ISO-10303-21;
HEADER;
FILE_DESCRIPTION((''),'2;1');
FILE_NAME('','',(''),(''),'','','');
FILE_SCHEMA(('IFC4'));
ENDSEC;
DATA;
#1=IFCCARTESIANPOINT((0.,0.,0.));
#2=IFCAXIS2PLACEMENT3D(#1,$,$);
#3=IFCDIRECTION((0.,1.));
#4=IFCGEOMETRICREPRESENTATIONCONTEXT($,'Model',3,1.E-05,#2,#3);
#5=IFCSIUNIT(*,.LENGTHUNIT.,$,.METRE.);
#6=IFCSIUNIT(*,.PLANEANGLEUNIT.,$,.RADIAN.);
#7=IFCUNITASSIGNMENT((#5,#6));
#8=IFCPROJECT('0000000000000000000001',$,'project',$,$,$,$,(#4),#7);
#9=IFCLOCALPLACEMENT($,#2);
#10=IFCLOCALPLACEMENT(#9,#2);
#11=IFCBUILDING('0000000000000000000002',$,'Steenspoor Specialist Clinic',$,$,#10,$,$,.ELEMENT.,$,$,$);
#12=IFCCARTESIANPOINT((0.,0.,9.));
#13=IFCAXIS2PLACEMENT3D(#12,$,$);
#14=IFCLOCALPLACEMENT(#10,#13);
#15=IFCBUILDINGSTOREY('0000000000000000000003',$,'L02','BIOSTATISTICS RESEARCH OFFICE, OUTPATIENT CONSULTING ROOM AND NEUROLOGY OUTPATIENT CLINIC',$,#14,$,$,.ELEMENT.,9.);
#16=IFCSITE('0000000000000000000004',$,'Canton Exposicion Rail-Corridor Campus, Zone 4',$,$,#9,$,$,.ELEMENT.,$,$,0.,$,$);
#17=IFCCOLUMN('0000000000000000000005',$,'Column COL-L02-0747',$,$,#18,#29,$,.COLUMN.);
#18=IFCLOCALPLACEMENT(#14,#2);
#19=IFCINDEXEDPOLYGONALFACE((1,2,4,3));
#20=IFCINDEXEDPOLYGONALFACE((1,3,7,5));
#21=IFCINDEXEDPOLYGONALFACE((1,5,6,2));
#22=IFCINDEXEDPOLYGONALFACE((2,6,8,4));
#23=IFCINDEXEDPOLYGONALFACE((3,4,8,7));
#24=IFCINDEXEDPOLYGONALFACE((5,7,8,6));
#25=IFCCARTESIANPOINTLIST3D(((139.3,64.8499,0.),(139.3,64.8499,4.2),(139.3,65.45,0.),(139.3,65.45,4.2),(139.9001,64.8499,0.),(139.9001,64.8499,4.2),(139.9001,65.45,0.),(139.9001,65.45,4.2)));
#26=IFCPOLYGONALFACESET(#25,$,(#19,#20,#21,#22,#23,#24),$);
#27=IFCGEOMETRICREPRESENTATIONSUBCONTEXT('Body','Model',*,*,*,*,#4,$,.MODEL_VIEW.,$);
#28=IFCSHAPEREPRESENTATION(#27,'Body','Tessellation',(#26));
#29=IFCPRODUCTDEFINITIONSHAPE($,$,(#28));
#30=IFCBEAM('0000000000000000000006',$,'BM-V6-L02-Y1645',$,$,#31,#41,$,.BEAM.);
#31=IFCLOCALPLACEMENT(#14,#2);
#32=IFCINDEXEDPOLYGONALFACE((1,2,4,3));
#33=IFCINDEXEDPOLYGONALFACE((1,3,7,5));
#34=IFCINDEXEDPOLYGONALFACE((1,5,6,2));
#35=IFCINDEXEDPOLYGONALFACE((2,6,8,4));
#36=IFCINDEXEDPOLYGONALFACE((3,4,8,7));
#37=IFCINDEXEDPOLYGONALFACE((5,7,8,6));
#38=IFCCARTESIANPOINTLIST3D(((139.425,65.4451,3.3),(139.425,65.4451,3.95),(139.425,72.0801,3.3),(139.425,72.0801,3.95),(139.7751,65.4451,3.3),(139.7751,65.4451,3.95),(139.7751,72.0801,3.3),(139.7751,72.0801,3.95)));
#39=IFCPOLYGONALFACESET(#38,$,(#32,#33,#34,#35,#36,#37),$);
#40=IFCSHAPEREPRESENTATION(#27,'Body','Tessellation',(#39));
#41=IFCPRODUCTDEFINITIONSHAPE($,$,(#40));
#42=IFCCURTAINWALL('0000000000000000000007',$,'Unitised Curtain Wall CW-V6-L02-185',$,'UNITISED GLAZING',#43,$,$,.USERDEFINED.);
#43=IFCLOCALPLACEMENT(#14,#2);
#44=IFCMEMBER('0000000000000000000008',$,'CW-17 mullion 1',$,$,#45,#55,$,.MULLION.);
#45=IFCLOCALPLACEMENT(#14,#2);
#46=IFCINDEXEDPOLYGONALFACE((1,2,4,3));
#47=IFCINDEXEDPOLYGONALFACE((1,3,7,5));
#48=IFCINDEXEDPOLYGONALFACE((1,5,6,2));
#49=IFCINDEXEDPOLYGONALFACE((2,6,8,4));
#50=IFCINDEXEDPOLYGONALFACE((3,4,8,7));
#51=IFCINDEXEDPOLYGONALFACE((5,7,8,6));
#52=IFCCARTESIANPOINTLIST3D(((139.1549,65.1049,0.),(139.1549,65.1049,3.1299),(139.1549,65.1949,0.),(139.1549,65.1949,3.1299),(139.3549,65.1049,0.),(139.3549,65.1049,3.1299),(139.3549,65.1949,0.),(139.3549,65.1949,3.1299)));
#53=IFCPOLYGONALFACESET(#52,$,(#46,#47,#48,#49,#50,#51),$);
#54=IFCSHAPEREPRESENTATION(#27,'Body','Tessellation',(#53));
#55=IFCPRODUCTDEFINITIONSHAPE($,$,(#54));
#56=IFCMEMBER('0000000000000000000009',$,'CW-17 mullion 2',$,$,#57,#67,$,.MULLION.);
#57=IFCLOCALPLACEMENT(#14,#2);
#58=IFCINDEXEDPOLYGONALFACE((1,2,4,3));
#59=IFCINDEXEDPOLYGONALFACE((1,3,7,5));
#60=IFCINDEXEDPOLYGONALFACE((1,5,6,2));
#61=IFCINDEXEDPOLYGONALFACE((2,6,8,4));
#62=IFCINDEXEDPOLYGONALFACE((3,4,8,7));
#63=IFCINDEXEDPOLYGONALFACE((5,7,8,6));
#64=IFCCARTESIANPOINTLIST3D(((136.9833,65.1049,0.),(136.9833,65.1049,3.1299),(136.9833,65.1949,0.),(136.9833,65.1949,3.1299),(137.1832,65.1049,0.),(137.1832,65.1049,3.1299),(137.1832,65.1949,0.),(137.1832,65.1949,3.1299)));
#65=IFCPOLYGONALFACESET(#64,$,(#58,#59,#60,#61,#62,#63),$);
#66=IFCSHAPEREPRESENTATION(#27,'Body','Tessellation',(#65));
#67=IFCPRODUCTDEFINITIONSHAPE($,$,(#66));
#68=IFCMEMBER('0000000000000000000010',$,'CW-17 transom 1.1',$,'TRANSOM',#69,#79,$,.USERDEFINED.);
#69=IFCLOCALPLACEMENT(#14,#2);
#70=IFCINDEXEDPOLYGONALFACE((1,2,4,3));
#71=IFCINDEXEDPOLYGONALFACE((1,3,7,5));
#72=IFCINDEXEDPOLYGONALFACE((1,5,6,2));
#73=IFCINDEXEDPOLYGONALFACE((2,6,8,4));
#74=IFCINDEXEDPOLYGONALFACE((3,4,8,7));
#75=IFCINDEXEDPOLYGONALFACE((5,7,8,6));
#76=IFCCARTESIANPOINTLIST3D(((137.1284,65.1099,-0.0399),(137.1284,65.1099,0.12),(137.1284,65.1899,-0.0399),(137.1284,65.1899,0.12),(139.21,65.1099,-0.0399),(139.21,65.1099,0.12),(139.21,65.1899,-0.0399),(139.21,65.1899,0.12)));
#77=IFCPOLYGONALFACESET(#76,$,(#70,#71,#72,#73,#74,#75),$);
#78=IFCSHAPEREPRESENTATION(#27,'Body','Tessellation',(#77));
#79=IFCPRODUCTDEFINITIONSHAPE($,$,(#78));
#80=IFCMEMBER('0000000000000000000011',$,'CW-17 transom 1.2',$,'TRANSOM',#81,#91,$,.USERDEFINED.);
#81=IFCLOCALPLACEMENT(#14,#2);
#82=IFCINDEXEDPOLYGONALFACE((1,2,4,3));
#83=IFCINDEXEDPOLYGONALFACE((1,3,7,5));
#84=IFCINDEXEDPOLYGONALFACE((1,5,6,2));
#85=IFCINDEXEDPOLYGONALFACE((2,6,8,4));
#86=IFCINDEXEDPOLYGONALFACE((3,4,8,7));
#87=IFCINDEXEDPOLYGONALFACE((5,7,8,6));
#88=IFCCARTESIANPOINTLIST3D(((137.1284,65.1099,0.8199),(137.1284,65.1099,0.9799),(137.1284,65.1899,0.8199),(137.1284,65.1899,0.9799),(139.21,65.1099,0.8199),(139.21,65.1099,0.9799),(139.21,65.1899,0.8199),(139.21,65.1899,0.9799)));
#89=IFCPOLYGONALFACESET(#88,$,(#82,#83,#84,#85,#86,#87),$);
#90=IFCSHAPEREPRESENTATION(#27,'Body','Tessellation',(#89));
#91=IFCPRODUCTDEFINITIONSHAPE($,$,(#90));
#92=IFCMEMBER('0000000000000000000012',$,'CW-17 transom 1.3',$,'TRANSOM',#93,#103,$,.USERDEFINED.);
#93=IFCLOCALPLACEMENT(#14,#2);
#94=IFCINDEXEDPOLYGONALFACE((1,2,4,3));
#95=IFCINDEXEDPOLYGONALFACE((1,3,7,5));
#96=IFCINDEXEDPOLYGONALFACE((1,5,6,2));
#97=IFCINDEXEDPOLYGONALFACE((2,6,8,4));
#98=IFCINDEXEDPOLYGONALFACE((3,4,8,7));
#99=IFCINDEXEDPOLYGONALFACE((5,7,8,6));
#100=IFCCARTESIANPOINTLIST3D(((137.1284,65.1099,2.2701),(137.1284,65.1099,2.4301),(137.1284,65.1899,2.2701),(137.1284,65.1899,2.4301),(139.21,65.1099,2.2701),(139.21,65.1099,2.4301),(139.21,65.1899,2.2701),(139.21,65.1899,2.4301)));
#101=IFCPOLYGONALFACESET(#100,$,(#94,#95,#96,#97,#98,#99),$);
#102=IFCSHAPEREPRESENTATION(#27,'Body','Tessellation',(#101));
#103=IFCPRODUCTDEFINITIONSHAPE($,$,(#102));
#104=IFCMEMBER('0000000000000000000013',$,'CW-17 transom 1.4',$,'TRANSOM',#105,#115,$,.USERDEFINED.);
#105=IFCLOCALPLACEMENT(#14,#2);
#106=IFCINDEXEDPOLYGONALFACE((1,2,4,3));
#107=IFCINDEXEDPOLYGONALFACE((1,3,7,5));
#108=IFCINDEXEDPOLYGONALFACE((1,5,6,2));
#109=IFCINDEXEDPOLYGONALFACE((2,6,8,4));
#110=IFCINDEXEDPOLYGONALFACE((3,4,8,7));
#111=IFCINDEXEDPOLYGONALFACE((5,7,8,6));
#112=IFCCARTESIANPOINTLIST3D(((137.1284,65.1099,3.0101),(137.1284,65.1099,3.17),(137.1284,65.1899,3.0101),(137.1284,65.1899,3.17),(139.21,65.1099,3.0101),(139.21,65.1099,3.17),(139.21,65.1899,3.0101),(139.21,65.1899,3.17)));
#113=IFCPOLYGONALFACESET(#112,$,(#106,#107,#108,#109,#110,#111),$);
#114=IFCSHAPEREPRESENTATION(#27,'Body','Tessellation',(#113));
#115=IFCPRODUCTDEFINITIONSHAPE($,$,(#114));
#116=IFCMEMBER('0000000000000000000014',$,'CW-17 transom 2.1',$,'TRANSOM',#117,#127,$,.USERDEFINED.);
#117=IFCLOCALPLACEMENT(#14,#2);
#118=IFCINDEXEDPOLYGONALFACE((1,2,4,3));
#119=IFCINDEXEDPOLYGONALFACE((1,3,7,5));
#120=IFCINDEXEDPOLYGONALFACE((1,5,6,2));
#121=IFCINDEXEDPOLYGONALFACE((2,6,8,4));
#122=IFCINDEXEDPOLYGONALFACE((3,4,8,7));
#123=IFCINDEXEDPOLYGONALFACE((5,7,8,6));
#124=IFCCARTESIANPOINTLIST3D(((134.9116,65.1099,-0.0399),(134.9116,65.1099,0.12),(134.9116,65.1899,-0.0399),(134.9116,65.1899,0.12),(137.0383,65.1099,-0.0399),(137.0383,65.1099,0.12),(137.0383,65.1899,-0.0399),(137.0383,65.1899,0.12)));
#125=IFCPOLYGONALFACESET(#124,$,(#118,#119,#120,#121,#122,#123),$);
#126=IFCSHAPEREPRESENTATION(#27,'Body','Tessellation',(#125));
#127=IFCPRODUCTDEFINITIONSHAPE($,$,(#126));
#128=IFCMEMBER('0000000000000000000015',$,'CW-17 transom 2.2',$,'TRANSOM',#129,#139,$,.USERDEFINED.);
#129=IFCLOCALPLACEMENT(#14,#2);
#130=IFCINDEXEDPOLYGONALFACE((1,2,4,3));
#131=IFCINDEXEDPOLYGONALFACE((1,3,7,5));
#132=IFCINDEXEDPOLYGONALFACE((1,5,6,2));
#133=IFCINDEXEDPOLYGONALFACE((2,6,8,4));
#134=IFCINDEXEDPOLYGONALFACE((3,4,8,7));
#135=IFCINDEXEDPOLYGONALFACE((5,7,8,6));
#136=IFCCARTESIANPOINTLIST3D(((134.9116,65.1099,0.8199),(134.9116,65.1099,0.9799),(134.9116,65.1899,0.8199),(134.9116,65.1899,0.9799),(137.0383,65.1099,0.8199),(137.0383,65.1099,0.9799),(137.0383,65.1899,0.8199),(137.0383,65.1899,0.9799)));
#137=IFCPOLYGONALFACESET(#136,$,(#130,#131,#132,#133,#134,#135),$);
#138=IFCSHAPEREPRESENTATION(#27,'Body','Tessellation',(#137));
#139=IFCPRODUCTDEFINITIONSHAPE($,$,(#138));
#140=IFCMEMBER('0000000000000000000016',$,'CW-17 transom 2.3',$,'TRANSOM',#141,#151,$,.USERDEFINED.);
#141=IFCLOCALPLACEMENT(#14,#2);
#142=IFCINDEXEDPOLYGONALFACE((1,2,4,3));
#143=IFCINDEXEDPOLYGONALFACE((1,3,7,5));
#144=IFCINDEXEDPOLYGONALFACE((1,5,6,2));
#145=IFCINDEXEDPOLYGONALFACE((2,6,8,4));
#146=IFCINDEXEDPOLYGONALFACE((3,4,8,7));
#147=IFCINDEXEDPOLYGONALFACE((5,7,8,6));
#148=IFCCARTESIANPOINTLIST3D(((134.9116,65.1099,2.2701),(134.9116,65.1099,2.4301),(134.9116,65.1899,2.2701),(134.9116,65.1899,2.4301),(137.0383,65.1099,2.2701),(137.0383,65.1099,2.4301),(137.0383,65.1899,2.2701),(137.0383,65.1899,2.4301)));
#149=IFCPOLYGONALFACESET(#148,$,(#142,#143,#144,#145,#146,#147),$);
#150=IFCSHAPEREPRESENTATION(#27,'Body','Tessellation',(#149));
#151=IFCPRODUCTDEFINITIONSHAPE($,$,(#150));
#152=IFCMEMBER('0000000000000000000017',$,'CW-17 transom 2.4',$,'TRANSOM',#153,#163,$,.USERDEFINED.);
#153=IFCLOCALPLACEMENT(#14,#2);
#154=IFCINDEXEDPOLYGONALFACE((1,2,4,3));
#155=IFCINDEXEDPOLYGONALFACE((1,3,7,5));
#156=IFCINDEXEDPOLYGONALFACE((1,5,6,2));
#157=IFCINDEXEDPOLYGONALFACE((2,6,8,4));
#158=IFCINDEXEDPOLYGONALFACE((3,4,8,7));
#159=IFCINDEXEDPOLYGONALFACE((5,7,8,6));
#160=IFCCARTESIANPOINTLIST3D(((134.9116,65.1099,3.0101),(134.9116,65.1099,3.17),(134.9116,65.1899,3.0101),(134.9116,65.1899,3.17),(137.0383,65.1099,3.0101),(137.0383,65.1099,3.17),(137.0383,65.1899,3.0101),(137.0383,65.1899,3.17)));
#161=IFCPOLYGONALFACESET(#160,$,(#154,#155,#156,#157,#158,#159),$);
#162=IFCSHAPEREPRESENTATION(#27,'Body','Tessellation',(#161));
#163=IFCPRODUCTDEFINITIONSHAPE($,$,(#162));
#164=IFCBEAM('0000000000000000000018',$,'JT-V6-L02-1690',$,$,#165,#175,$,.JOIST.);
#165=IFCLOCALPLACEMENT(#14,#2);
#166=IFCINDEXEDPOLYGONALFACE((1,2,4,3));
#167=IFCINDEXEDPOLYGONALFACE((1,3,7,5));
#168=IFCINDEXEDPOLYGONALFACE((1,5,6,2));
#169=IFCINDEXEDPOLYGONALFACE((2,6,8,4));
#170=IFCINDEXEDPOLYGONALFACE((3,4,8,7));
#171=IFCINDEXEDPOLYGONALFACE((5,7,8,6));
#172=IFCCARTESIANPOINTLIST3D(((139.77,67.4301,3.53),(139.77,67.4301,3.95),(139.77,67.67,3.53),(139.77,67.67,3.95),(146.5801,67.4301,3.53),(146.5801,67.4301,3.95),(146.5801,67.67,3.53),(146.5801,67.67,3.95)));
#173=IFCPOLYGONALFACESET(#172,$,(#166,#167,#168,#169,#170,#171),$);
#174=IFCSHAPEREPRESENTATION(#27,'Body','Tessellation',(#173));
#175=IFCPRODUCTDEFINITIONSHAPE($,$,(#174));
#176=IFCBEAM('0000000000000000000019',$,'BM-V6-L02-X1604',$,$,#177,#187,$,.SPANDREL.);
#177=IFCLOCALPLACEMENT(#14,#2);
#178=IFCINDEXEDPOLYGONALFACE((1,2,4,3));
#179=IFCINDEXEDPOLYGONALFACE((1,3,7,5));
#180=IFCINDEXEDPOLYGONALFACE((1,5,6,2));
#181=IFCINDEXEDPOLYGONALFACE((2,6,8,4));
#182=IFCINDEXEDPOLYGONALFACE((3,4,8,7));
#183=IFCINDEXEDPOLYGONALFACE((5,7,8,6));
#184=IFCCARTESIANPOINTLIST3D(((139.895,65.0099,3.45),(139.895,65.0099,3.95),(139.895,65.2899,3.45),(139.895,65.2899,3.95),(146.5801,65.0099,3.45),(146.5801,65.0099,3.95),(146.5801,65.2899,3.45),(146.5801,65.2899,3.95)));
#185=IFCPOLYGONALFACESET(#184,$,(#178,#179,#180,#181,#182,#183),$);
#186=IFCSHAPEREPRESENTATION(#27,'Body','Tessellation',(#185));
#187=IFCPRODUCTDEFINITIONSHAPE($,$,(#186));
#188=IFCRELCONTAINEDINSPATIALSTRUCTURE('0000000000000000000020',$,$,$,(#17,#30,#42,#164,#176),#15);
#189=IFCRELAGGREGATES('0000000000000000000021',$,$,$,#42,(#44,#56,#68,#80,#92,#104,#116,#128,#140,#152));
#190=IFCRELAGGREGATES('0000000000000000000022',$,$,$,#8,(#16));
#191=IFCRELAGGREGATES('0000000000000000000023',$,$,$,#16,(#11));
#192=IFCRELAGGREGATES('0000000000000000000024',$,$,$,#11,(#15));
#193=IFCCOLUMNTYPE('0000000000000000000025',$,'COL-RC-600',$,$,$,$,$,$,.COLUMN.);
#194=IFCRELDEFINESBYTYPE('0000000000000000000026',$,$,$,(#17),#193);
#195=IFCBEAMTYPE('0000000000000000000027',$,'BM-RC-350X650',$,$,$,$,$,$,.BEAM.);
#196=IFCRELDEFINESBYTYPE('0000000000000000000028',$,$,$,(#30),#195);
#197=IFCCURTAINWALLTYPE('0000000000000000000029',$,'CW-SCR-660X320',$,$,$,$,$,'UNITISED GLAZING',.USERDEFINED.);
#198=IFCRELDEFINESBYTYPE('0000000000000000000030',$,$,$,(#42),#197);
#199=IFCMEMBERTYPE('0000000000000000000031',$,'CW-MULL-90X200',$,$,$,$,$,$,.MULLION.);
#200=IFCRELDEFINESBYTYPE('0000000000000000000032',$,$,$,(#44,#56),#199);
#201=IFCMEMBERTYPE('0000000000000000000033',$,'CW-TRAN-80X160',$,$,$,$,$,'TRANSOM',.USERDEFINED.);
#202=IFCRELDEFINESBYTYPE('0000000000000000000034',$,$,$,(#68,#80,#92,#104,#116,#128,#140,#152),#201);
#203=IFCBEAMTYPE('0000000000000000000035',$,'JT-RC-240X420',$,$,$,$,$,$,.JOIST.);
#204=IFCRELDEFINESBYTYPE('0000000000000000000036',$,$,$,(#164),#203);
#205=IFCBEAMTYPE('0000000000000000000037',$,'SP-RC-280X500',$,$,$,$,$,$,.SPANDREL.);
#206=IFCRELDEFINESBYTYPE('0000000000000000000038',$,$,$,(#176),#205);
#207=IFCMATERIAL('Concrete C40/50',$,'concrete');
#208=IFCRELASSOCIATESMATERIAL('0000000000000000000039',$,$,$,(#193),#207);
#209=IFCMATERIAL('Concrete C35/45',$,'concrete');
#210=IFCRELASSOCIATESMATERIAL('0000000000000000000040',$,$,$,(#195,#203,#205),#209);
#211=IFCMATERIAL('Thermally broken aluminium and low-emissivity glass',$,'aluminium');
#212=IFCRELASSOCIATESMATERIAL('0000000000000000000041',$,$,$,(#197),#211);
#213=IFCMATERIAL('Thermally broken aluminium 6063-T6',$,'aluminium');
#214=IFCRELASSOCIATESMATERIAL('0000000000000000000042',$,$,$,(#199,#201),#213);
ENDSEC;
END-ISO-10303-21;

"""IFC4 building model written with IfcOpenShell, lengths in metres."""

from ifc_helpers import new_model, si_unit, direction, frame, origin, origin_2d, place, context, subcontext, project, spatial, rectangle, extrude, material, material_profile, profile_set, type_object, element, aggregate, save


model = new_model("IFC4")

# Units and contexts
model_context = context("Model", 3, precision=1e-05, world=origin(), true_north=direction((0.0, 1.0)))
body_context = subcontext(model_context, "Body", "Model", "MODEL_VIEW")
ifc_project = project(units=[si_unit("LENGTHUNIT", "METRE"), si_unit("PLANEANGLEUNIT", "RADIAN")], contexts=[model_context])

# Site, building, storey
site_placement = place(None, origin())
site = spatial("IfcSite", under=ifc_project, at=site_placement, Name="Canton Exposicion Rail-Corridor Campus, Zone 4", CompositionType="ELEMENT", RefElevation=0.0)
building_placement = place(site_placement, origin())
building = spatial("IfcBuilding", under=site, at=building_placement, Name="Steenspoor Specialist Clinic", CompositionType="ELEMENT")
storey_placement = place(building_placement, frame((0.0, 0.0, 9.0)))
storey = spatial("IfcBuildingStorey", under=building, at=storey_placement, Name="L02", Description="BIOSTATISTICS RESEARCH OFFICE, OUTPATIENT CONSULTING ROOM AND NEUROLOGY OUTPATIENT CLINIC", CompositionType="ELEMENT", Elevation=9.0)

# Column
ifc_material_1 = material(Name="Concrete C40/50", Category="concrete")
ifc_material_profile_1 = material_profile(ifc_material_1, rectangle(XDim=0.6001, YDim=0.6001, at=origin_2d()), Name="RC-COL-600X600")
ifc_profile_set_1 = profile_set([ifc_material_profile_1], Name="Concrete C40/50")
column_type = type_object("IfcColumnType", Name="COL-RC-600", PredefinedType="COLUMN", material=ifc_profile_set_1)
column_placement = place(storey_placement, frame((139.6001, 65.1499, 0.0), z_axis=(0.0, 0.0, 1.0), x_axis=(1.0, 0.0, 0.0)))
element("IfcColumn", 1, at=column_placement, inside=storey, type_object=column_type, Name="Column COL-L02-0747", PredefinedType="COLUMN", context=body_context, shape_type="SweptSolid", body=[
    extrude(rectangle(XDim=0.6001, YDim=0.6001, at=origin_2d()), origin(), (0.0, 0.0, 1.0), 4.2),
])

# Beam
ifc_material_2 = material(Name="Concrete C35/45", Category="concrete")
ifc_material_profile_2 = material_profile(ifc_material_2, rectangle(XDim=0.3501, YDim=0.6499, at=origin_2d()), Name="RC-BM-350X650")
ifc_profile_set_2 = profile_set([ifc_material_profile_2], Name="Concrete C35/45")
beam_type_1 = type_object("IfcBeamType", Name="BM-RC-350X650", PredefinedType="BEAM", material=ifc_profile_set_2)
beam_1_placement = place(storey_placement, frame((139.6001, 65.4451, 3.625), z_axis=(0.0, 1.0, 0.0), x_axis=(-1.0, 0.0, 0.0)))
element("IfcBeam", 2, at=beam_1_placement, inside=storey, type_object=beam_type_1, Name="BM-V6-L02-Y1645", PredefinedType="BEAM", context=body_context, shape_type="SweptSolid", body=[
    extrude(rectangle(XDim=0.3501, YDim=0.6499, at=origin_2d()), origin(), (0.0, 0.0, 1.0), 6.635),
])

# Curtain wall, members
ifc_material_3 = material(Name="Thermally broken aluminium and low-emissivity glass", Category="aluminium")
curtain_wall_type = type_object("IfcCurtainWallType", Name="CW-SCR-660X320", ElementType="UNITISED GLAZING", PredefinedType="USERDEFINED", material=ifc_material_3)
curtain_wall_placement = place(storey_placement, origin())
curtain_wall = element("IfcCurtainWall", 3, at=curtain_wall_placement, inside=storey, type_object=curtain_wall_type, Name="Unitised Curtain Wall CW-V6-L02-185", ObjectType="UNITISED GLAZING", PredefinedType="USERDEFINED")
ifc_material_4 = material(Name="Thermally broken aluminium 6063-T6", Category="aluminium")
ifc_material_profile_3 = material_profile(ifc_material_4, rectangle(XDim=0.0901, YDim=0.2, at=origin_2d()), Name="CWM-90X200")
ifc_profile_set_3 = profile_set([ifc_material_profile_3], Name="Thermally broken aluminium 6063-T6")
member_type_1 = type_object("IfcMemberType", Name="CW-MULL-90X200", PredefinedType="MULLION", material=ifc_profile_set_3)
member_1_placement = place(storey_placement, frame((139.2549, 65.1499, 0.0), z_axis=(0.0, 0.0, 1.0), x_axis=(0.0, -1.0, 0.0)))
member_1 = element("IfcMember", 4, at=member_1_placement, type_object=member_type_1, Name="CW-17 mullion 1", PredefinedType="MULLION", context=body_context, shape_type="SweptSolid", body=[
    extrude(rectangle(XDim=0.0901, YDim=0.2, at=origin_2d()), origin(), (0.0, 0.0, 1.0), 3.1299),
])
member_2_placement = place(storey_placement, frame((137.0833, 65.1499, 0.0), z_axis=(0.0, 0.0, 1.0), x_axis=(0.0, -1.0, 0.0)))
member_2 = element("IfcMember", 5, at=member_2_placement, type_object=member_type_1, Name="CW-17 mullion 2", PredefinedType="MULLION", context=body_context, shape_type="SweptSolid", body=[
    extrude(rectangle(XDim=0.0901, YDim=0.2, at=origin_2d()), origin(), (0.0, 0.0, 1.0), 3.1299),
])
ifc_material_profile_4 = material_profile(ifc_material_4, rectangle(XDim=0.0801, YDim=0.1599, at=origin_2d()), Name="CWT-80X160")
ifc_profile_set_4 = profile_set([ifc_material_profile_4], Name="Thermally broken aluminium 6063-T6")
member_type_2 = type_object("IfcMemberType", Name="CW-TRAN-80X160", ElementType="TRANSOM", PredefinedType="USERDEFINED", material=ifc_profile_set_4)
member_3_placement = place(storey_placement, frame((139.21, 65.1499, 0.04), z_axis=(-1.0, 0.0, 0.0), x_axis=(0.0, -1.0, 0.0)))
member_3 = element("IfcMember", 6, at=member_3_placement, type_object=member_type_2, Name="CW-17 transom 1.1", ObjectType="TRANSOM", PredefinedType="USERDEFINED", context=body_context, shape_type="SweptSolid", body=[
    extrude(rectangle(XDim=0.0801, YDim=0.1599, at=origin_2d()), origin(), (0.0, 0.0, 1.0), 2.0815),
])
member_4_placement = place(storey_placement, frame((139.21, 65.1499, 0.8999), z_axis=(-1.0, 0.0, 0.0), x_axis=(0.0, -1.0, 0.0)))
member_4 = element("IfcMember", 7, at=member_4_placement, type_object=member_type_2, Name="CW-17 transom 1.2", ObjectType="TRANSOM", PredefinedType="USERDEFINED", context=body_context, shape_type="SweptSolid", body=[
    extrude(rectangle(XDim=0.0801, YDim=0.1599, at=origin_2d()), origin(), (0.0, 0.0, 1.0), 2.0815),
])
member_5_placement = place(storey_placement, frame((139.21, 65.1499, 2.3501), z_axis=(-1.0, 0.0, 0.0), x_axis=(0.0, -1.0, 0.0)))
member_5 = element("IfcMember", 8, at=member_5_placement, type_object=member_type_2, Name="CW-17 transom 1.3", ObjectType="TRANSOM", PredefinedType="USERDEFINED", context=body_context, shape_type="SweptSolid", body=[
    extrude(rectangle(XDim=0.0801, YDim=0.1599, at=origin_2d()), origin(), (0.0, 0.0, 1.0), 2.0815),
])
member_6_placement = place(storey_placement, frame((139.21, 65.1499, 3.0901), z_axis=(-1.0, 0.0, 0.0), x_axis=(0.0, -1.0, 0.0)))
member_6 = element("IfcMember", 9, at=member_6_placement, type_object=member_type_2, Name="CW-17 transom 1.4", ObjectType="TRANSOM", PredefinedType="USERDEFINED", context=body_context, shape_type="SweptSolid", body=[
    extrude(rectangle(XDim=0.0801, YDim=0.1599, at=origin_2d()), origin(), (0.0, 0.0, 1.0), 2.0815),
])
member_7_placement = place(storey_placement, frame((137.0383, 65.1499, 0.04), z_axis=(-1.0, 0.0, 0.0), x_axis=(0.0, -1.0, 0.0)))
member_7 = element("IfcMember", 10, at=member_7_placement, type_object=member_type_2, Name="CW-17 transom 2.1", ObjectType="TRANSOM", PredefinedType="USERDEFINED", context=body_context, shape_type="SweptSolid", body=[
    extrude(rectangle(XDim=0.0801, YDim=0.1599, at=origin_2d()), origin(), (0.0, 0.0, 1.0), 2.1267),
])
member_8_placement = place(storey_placement, frame((137.0383, 65.1499, 0.8999), z_axis=(-1.0, 0.0, 0.0), x_axis=(0.0, -1.0, 0.0)))
member_8 = element("IfcMember", 11, at=member_8_placement, type_object=member_type_2, Name="CW-17 transom 2.2", ObjectType="TRANSOM", PredefinedType="USERDEFINED", context=body_context, shape_type="SweptSolid", body=[
    extrude(rectangle(XDim=0.0801, YDim=0.1599, at=origin_2d()), origin(), (0.0, 0.0, 1.0), 2.1267),
])
member_9_placement = place(storey_placement, frame((137.0383, 65.1499, 2.3501), z_axis=(-1.0, 0.0, 0.0), x_axis=(0.0, -1.0, 0.0)))
member_9 = element("IfcMember", 12, at=member_9_placement, type_object=member_type_2, Name="CW-17 transom 2.3", ObjectType="TRANSOM", PredefinedType="USERDEFINED", context=body_context, shape_type="SweptSolid", body=[
    extrude(rectangle(XDim=0.0801, YDim=0.1599, at=origin_2d()), origin(), (0.0, 0.0, 1.0), 2.1267),
])
member_10_placement = place(storey_placement, frame((137.0383, 65.1499, 3.0901), z_axis=(-1.0, 0.0, 0.0), x_axis=(0.0, -1.0, 0.0)))
member_10 = element("IfcMember", 13, at=member_10_placement, type_object=member_type_2, Name="CW-17 transom 2.4", ObjectType="TRANSOM", PredefinedType="USERDEFINED", context=body_context, shape_type="SweptSolid", body=[
    extrude(rectangle(XDim=0.0801, YDim=0.1599, at=origin_2d()), origin(), (0.0, 0.0, 1.0), 2.1267),
])

# Beams
ifc_material_profile_5 = material_profile(ifc_material_2, rectangle(XDim=0.24, YDim=0.4199, at=origin_2d()), Name="RC-JT-240X420")
ifc_profile_set_5 = profile_set([ifc_material_profile_5], Name="Concrete C35/45")
beam_type_2 = type_object("IfcBeamType", Name="JT-RC-240X420", PredefinedType="JOIST", material=ifc_profile_set_5)
beam_2_placement = place(storey_placement, frame((139.77, 67.55, 3.74), z_axis=(1.0, 0.0, 0.0), x_axis=(0.0, 1.0, 0.0)))
element("IfcBeam", 14, at=beam_2_placement, inside=storey, type_object=beam_type_2, Name="JT-V6-L02-1690", PredefinedType="JOIST", context=body_context, shape_type="SweptSolid", body=[
    extrude(rectangle(XDim=0.24, YDim=0.4199, at=origin_2d()), origin(), (0.0, 0.0, 1.0), 6.8101),
])
ifc_material_profile_6 = material_profile(ifc_material_2, rectangle(XDim=0.28, YDim=0.5, at=origin_2d()), Name="RC-SP-280X500")
ifc_profile_set_6 = profile_set([ifc_material_profile_6], Name="Concrete C35/45")
beam_type_3 = type_object("IfcBeamType", Name="SP-RC-280X500", PredefinedType="SPANDREL", material=ifc_profile_set_6)
beam_3_placement = place(storey_placement, frame((139.895, 65.1499, 3.7), z_axis=(1.0, 0.0, 0.0), x_axis=(0.0, 1.0, 0.0)))
element("IfcBeam", 15, at=beam_3_placement, inside=storey, type_object=beam_type_3, Name="BM-V6-L02-X1604", PredefinedType="SPANDREL", context=body_context, shape_type="SweptSolid", body=[
    extrude(rectangle(XDim=0.28, YDim=0.5, at=origin_2d()), origin(), (0.0, 0.0, 1.0), 6.6851),
])

aggregate(curtain_wall, [member_1, member_2, member_3, member_4, member_5, member_6, member_7, member_8, member_9, member_10])

save(model, "model.ifc")
